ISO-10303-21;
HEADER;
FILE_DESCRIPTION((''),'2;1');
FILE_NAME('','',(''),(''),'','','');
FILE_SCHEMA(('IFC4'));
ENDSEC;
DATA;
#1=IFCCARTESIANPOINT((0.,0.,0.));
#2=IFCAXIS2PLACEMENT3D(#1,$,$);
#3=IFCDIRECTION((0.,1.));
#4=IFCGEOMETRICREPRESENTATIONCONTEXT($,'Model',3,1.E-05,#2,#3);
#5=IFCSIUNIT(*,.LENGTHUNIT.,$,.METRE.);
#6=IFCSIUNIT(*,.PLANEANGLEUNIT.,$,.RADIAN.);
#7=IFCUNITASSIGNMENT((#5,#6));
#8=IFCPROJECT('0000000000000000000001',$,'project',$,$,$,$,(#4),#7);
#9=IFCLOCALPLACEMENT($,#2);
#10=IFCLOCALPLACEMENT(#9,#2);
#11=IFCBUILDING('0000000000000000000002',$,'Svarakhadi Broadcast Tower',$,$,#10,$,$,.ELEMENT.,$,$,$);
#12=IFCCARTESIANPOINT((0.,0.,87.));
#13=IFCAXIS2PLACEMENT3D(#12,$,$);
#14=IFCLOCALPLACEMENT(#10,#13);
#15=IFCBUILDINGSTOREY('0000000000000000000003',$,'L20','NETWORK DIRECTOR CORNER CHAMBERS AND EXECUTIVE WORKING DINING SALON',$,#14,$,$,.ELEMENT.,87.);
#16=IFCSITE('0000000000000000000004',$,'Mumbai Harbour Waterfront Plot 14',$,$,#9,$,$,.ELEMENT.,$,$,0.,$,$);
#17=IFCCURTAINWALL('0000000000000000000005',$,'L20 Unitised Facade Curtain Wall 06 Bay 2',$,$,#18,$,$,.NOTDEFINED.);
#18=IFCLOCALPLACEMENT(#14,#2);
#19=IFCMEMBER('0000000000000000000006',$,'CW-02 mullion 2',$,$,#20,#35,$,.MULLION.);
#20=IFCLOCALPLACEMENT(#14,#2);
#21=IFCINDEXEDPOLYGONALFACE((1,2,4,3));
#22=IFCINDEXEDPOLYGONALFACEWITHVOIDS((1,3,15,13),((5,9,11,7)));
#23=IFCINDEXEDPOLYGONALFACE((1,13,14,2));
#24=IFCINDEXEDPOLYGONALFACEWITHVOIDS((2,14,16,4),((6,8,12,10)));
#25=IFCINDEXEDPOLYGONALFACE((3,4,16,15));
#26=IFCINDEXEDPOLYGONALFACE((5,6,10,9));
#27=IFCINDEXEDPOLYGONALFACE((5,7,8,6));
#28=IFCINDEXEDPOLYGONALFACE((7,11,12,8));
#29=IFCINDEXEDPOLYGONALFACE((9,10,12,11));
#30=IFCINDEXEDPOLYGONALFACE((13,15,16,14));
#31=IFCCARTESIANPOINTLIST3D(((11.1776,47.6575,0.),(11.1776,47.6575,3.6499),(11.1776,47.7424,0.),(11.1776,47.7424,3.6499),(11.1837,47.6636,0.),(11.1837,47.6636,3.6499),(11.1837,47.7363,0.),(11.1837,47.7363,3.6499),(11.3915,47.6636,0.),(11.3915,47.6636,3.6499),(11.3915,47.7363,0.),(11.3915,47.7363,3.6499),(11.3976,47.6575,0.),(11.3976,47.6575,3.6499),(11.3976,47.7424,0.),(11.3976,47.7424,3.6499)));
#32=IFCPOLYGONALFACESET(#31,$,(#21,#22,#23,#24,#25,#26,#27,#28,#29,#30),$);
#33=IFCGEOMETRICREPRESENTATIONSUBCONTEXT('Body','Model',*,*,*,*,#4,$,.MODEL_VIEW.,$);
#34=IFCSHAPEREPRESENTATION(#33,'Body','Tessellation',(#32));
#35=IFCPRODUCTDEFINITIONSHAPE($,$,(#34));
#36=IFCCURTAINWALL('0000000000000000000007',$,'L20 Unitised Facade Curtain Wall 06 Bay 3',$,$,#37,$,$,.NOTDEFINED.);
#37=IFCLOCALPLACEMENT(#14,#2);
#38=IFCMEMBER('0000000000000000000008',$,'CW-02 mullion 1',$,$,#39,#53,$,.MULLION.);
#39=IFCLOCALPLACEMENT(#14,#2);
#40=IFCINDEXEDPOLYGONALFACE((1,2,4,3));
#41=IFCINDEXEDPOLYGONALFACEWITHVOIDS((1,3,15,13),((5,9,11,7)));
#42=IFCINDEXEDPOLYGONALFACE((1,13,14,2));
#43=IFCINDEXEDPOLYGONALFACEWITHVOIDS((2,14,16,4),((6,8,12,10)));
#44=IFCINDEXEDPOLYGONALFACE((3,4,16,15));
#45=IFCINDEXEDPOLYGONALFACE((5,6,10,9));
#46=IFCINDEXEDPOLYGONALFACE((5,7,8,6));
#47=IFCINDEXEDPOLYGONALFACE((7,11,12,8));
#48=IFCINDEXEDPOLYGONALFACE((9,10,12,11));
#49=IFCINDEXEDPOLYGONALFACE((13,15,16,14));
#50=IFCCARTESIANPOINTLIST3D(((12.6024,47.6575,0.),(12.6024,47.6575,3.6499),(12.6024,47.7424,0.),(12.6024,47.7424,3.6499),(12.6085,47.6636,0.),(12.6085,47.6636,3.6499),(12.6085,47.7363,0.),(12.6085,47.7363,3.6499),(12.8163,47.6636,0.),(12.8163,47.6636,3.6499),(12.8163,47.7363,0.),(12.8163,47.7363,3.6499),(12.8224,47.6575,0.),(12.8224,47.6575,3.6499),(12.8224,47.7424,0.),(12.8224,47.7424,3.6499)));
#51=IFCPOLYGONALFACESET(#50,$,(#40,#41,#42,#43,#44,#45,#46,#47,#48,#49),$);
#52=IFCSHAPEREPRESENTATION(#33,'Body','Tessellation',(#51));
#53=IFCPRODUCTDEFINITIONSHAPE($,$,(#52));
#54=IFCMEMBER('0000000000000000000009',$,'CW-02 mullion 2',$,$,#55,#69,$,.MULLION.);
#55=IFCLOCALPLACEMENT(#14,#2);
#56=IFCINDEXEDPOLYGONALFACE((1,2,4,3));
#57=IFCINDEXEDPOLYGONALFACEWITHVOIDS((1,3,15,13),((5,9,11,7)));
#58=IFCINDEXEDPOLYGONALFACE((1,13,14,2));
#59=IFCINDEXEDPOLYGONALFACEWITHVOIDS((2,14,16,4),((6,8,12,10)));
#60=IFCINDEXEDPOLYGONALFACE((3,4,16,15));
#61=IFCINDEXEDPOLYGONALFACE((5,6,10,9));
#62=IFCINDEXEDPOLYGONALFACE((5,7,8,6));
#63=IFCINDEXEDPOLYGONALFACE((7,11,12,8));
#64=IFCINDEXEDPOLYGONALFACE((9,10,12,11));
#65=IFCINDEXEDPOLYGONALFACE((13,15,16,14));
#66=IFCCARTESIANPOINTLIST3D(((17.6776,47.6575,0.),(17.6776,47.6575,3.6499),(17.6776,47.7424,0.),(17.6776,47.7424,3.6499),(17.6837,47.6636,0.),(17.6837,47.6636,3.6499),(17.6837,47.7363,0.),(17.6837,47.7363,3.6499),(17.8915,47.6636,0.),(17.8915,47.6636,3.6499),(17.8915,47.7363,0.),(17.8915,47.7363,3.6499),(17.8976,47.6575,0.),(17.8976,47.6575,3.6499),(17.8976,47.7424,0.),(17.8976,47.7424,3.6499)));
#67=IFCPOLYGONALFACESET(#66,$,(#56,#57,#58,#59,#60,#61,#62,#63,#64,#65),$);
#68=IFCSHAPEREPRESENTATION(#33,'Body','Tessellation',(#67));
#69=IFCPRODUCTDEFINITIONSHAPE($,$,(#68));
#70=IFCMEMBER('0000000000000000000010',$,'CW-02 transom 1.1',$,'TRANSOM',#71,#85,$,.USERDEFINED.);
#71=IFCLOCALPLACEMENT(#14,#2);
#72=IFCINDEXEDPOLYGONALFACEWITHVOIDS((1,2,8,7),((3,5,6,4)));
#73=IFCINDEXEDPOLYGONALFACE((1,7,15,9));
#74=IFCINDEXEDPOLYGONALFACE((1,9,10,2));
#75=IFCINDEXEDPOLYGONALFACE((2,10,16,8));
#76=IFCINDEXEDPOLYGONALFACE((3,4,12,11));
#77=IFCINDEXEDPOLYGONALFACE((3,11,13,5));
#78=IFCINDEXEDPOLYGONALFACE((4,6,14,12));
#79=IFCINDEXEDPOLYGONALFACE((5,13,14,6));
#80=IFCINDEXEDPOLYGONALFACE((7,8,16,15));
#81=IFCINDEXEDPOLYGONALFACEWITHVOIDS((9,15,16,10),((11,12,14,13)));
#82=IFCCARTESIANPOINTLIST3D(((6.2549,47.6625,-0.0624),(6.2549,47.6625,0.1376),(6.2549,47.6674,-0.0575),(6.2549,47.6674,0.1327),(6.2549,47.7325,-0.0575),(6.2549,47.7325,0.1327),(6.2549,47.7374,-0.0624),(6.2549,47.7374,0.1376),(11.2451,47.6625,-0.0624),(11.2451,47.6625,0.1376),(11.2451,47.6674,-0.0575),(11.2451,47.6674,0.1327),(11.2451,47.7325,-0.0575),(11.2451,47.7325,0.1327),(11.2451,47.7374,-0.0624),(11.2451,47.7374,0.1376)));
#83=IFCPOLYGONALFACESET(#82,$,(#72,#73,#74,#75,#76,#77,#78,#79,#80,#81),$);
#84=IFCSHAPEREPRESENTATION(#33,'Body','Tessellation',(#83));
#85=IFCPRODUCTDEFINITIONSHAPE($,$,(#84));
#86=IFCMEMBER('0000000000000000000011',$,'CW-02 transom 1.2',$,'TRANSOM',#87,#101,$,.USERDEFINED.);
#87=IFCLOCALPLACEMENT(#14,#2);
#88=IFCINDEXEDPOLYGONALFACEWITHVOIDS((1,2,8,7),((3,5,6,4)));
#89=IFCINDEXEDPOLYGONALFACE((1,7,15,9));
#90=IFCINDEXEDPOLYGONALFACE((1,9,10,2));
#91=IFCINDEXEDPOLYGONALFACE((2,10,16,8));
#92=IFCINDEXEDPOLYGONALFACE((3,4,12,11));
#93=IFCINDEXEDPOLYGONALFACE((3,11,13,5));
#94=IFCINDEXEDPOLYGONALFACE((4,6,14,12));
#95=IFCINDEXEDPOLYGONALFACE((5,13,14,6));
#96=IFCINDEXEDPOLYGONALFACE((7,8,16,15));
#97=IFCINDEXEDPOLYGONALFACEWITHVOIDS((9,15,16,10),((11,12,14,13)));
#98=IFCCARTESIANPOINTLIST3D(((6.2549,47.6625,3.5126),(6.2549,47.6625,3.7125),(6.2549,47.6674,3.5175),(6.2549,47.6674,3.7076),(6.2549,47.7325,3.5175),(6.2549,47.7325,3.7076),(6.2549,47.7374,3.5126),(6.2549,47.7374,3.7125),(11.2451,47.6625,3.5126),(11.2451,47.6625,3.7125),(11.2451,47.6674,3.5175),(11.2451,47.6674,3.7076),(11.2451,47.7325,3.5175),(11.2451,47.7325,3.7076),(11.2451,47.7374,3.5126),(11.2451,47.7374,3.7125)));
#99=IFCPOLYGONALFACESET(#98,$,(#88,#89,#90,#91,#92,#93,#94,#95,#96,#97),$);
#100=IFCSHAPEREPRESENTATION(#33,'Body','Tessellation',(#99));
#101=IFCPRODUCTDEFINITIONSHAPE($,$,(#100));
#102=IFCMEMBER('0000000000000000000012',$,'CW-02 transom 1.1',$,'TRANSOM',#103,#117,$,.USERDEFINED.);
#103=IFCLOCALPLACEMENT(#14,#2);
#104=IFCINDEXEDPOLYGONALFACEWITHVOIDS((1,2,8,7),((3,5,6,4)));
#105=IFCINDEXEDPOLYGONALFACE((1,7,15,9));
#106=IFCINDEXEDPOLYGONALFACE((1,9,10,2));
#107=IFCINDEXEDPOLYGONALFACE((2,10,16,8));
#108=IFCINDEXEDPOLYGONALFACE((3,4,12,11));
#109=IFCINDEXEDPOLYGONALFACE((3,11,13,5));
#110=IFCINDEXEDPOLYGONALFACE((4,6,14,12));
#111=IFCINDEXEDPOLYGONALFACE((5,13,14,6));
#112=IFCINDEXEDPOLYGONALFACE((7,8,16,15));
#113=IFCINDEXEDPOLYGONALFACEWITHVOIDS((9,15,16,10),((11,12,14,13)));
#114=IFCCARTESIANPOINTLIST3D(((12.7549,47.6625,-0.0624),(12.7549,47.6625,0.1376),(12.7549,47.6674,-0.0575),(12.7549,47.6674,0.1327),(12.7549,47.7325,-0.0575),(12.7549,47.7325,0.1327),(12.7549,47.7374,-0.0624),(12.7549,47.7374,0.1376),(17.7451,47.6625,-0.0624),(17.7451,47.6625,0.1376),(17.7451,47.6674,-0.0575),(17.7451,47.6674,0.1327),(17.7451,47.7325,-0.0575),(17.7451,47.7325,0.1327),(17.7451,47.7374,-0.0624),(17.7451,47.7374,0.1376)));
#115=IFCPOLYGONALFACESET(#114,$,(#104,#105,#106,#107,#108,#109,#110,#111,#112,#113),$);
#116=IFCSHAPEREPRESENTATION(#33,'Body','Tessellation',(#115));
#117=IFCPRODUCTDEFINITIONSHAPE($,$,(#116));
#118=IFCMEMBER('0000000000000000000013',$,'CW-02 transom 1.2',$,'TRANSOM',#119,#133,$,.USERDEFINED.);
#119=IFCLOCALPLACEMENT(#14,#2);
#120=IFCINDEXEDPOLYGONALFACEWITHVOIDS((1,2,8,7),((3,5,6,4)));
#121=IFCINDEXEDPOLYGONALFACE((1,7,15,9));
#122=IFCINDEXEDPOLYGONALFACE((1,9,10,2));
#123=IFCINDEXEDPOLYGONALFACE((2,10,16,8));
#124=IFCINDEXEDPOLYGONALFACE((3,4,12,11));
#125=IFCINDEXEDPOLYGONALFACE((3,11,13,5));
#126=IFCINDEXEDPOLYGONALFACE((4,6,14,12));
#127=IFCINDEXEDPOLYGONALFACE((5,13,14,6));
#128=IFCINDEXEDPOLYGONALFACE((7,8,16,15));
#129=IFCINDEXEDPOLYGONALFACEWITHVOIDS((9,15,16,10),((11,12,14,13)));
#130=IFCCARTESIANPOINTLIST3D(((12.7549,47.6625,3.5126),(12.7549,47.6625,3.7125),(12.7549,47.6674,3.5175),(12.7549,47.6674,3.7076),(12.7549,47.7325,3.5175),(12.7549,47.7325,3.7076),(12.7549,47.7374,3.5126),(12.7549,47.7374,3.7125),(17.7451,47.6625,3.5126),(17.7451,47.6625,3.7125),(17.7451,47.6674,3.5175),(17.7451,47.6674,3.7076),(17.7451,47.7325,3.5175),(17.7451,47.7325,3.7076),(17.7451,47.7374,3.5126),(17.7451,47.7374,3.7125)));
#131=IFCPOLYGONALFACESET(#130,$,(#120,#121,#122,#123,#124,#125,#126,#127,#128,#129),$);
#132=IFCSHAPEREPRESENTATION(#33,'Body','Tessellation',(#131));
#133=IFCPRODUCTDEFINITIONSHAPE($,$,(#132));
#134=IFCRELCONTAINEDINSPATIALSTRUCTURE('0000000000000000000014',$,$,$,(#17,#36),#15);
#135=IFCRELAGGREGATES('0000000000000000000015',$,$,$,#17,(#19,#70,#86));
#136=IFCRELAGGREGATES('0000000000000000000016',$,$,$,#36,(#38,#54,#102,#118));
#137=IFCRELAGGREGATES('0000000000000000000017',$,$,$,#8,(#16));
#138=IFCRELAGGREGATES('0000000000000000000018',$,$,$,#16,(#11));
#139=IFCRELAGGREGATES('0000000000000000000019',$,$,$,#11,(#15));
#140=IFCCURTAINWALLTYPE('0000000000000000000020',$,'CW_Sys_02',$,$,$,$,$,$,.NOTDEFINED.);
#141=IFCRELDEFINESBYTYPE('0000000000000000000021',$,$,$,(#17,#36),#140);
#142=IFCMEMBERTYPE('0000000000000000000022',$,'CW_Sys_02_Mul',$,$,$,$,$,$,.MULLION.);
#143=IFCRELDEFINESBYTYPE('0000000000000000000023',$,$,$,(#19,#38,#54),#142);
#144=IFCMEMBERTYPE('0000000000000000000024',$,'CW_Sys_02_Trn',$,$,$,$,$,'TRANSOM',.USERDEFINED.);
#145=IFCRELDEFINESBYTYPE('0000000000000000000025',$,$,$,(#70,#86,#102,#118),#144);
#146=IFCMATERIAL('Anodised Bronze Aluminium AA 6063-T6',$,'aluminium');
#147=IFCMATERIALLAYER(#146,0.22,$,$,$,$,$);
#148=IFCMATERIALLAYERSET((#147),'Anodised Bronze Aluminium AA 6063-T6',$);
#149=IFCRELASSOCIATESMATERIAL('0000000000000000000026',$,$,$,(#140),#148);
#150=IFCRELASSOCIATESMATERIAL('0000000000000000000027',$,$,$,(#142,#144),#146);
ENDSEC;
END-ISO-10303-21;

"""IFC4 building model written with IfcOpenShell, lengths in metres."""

from ifc_helpers import new_model, si_unit, direction, frame, origin, origin_2d, place, context, subcontext, project, spatial, hollow_rectangle, extrude, material, layer, layer_set, material_profile, profile_set, type_object, element, aggregate, save


model = new_model("IFC4")

# Units and contexts
model_context = context("Model", 3, precision=1e-05, world=origin(), true_north=direction((0.0, 1.0)))
body_context = subcontext(model_context, "Body", "Model", "MODEL_VIEW")
ifc_project = project(units=[si_unit("LENGTHUNIT", "METRE"), si_unit("PLANEANGLEUNIT", "RADIAN")], contexts=[model_context])

# Site, building, storey
site_placement = place(None, origin())
site = spatial("IfcSite", under=ifc_project, at=site_placement, Name="Mumbai Harbour Waterfront Plot 14", CompositionType="ELEMENT", RefElevation=0.0)
building_placement = place(site_placement, origin())
building = spatial("IfcBuilding", under=site, at=building_placement, Name="Svarakhadi Broadcast Tower", CompositionType="ELEMENT")
storey_placement = place(building_placement, frame((0.0, 0.0, 87.0)))
storey = spatial("IfcBuildingStorey", under=building, at=storey_placement, Name="L20", Description="NETWORK DIRECTOR CORNER CHAMBERS AND EXECUTIVE WORKING DINING SALON", CompositionType="ELEMENT", Elevation=87.0)

# Curtain walls, members
ifc_material_1 = material(Name="Anodised Bronze Aluminium AA 6063-T6", Category="aluminium")
ifc_layer_1 = layer(ifc_material_1, 0.22)
ifc_layer_set_1 = layer_set([ifc_layer_1], Name="Anodised Bronze Aluminium AA 6063-T6")
curtain_wall_type = type_object("IfcCurtainWallType", Name="CW_Sys_02", PredefinedType="NOTDEFINED", material=ifc_layer_set_1)
curtain_wall_1_placement = place(storey_placement, origin())
curtain_wall_1 = element("IfcCurtainWall", 1, at=curtain_wall_1_placement, inside=storey, type_object=curtain_wall_type, Name="L20 Unitised Facade Curtain Wall 06 Bay 2", PredefinedType="NOTDEFINED")
ifc_material_profile_1 = material_profile(ifc_material_1, hollow_rectangle(XDim=0.085, YDim=0.22, WallThickness=0.0061, at=origin_2d()), Name="ALU MULLION 220x85x6")
ifc_profile_set_1 = profile_set([ifc_material_profile_1], Name="Anodised Bronze Aluminium AA 6063-T6")
member_type_1 = type_object("IfcMemberType", Name="CW_Sys_02_Mul", PredefinedType="MULLION", material=ifc_profile_set_1)
member_1_placement = place(storey_placement, frame((11.2876, 47.7, 0.0), z_axis=(0.0, 0.0, 1.0), x_axis=(0.0, 1.0, 0.0)))
member_1 = element("IfcMember", 2, at=member_1_placement, type_object=member_type_1, Name="CW-02 mullion 2", PredefinedType="MULLION", context=body_context, shape_type="SweptSolid", body=[
    extrude(hollow_rectangle(XDim=0.085, YDim=0.22, WallThickness=0.0061, at=origin_2d()), origin(), (0.0, 0.0, 1.0), 3.6499),
])
curtain_wall_2_placement = place(storey_placement, origin())
curtain_wall_2 = element("IfcCurtainWall", 3, at=curtain_wall_2_placement, inside=storey, type_object=curtain_wall_type, Name="L20 Unitised Facade Curtain Wall 06 Bay 3", PredefinedType="NOTDEFINED")
member_2_placement = place(storey_placement, frame((12.7124, 47.7, 0.0), z_axis=(0.0, 0.0, 1.0), x_axis=(0.0, 1.0, 0.0)))
member_2 = element("IfcMember", 4, at=member_2_placement, type_object=member_type_1, Name="CW-02 mullion 1", PredefinedType="MULLION", context=body_context, shape_type="SweptSolid", body=[
    extrude(hollow_rectangle(XDim=0.085, YDim=0.22, WallThickness=0.0061, at=origin_2d()), origin(), (0.0, 0.0, 1.0), 3.6499),
])
member_3_placement = place(storey_placement, frame((17.7876, 47.7, 0.0), z_axis=(0.0, 0.0, 1.0), x_axis=(0.0, 1.0, 0.0)))
member_3 = element("IfcMember", 5, at=member_3_placement, type_object=member_type_1, Name="CW-02 mullion 2", PredefinedType="MULLION", context=body_context, shape_type="SweptSolid", body=[
    extrude(hollow_rectangle(XDim=0.085, YDim=0.22, WallThickness=0.0061, at=origin_2d()), origin(), (0.0, 0.0, 1.0), 3.6499),
])

# Members
ifc_material_profile_2 = material_profile(ifc_material_1, hollow_rectangle(XDim=0.075, YDim=0.2, WallThickness=0.0049, at=origin_2d()), Name="ALU TRANSOM 200x75x5")
ifc_profile_set_2 = profile_set([ifc_material_profile_2], Name="Anodised Bronze Aluminium AA 6063-T6")
member_type_2 = type_object("IfcMemberType", Name="CW_Sys_02_Trn", ElementType="TRANSOM", PredefinedType="USERDEFINED", material=ifc_profile_set_2)
member_4_placement = place(storey_placement, frame((6.2549, 47.7, 0.0376), z_axis=(1.0, 0.0, 0.0), x_axis=(0.0, 1.0, 0.0)))
member_4 = element("IfcMember", 6, at=member_4_placement, type_object=member_type_2, Name="CW-02 transom 1.1", ObjectType="TRANSOM", PredefinedType="USERDEFINED", context=body_context, shape_type="SweptSolid", body=[
    extrude(hollow_rectangle(XDim=0.075, YDim=0.2, WallThickness=0.0049, at=origin_2d()), origin(), (0.0, 0.0, 1.0), 4.9902),
])
member_5_placement = place(storey_placement, frame((6.2549, 47.7, 3.6125), z_axis=(1.0, 0.0, 0.0), x_axis=(0.0, 1.0, 0.0)))
member_5 = element("IfcMember", 7, at=member_5_placement, type_object=member_type_2, Name="CW-02 transom 1.2", ObjectType="TRANSOM", PredefinedType="USERDEFINED", context=body_context, shape_type="SweptSolid", body=[
    extrude(hollow_rectangle(XDim=0.075, YDim=0.2, WallThickness=0.0049, at=origin_2d()), origin(), (0.0, 0.0, 1.0), 4.9902),
])
member_6_placement = place(storey_placement, frame((12.7549, 47.7, 0.0376), z_axis=(1.0, 0.0, 0.0), x_axis=(0.0, 1.0, 0.0)))
member_6 = element("IfcMember", 8, at=member_6_placement, type_object=member_type_2, Name="CW-02 transom 1.1", ObjectType="TRANSOM", PredefinedType="USERDEFINED", context=body_context, shape_type="SweptSolid", body=[
    extrude(hollow_rectangle(XDim=0.075, YDim=0.2, WallThickness=0.0049, at=origin_2d()), origin(), (0.0, 0.0, 1.0), 4.9902),
])
member_7_placement = place(storey_placement, frame((12.7549, 47.7, 3.6125), z_axis=(1.0, 0.0, 0.0), x_axis=(0.0, 1.0, 0.0)))
member_7 = element("IfcMember", 9, at=member_7_placement, type_object=member_type_2, Name="CW-02 transom 1.2", ObjectType="TRANSOM", PredefinedType="USERDEFINED", context=body_context, shape_type="SweptSolid", body=[
    extrude(hollow_rectangle(XDim=0.075, YDim=0.2, WallThickness=0.0049, at=origin_2d()), origin(), (0.0, 0.0, 1.0), 4.9902),
])

aggregate(curtain_wall_1, [member_1, member_4, member_5])
aggregate(curtain_wall_2, [member_2, member_3, member_6, member_7])

save(model, "model.ifc")
